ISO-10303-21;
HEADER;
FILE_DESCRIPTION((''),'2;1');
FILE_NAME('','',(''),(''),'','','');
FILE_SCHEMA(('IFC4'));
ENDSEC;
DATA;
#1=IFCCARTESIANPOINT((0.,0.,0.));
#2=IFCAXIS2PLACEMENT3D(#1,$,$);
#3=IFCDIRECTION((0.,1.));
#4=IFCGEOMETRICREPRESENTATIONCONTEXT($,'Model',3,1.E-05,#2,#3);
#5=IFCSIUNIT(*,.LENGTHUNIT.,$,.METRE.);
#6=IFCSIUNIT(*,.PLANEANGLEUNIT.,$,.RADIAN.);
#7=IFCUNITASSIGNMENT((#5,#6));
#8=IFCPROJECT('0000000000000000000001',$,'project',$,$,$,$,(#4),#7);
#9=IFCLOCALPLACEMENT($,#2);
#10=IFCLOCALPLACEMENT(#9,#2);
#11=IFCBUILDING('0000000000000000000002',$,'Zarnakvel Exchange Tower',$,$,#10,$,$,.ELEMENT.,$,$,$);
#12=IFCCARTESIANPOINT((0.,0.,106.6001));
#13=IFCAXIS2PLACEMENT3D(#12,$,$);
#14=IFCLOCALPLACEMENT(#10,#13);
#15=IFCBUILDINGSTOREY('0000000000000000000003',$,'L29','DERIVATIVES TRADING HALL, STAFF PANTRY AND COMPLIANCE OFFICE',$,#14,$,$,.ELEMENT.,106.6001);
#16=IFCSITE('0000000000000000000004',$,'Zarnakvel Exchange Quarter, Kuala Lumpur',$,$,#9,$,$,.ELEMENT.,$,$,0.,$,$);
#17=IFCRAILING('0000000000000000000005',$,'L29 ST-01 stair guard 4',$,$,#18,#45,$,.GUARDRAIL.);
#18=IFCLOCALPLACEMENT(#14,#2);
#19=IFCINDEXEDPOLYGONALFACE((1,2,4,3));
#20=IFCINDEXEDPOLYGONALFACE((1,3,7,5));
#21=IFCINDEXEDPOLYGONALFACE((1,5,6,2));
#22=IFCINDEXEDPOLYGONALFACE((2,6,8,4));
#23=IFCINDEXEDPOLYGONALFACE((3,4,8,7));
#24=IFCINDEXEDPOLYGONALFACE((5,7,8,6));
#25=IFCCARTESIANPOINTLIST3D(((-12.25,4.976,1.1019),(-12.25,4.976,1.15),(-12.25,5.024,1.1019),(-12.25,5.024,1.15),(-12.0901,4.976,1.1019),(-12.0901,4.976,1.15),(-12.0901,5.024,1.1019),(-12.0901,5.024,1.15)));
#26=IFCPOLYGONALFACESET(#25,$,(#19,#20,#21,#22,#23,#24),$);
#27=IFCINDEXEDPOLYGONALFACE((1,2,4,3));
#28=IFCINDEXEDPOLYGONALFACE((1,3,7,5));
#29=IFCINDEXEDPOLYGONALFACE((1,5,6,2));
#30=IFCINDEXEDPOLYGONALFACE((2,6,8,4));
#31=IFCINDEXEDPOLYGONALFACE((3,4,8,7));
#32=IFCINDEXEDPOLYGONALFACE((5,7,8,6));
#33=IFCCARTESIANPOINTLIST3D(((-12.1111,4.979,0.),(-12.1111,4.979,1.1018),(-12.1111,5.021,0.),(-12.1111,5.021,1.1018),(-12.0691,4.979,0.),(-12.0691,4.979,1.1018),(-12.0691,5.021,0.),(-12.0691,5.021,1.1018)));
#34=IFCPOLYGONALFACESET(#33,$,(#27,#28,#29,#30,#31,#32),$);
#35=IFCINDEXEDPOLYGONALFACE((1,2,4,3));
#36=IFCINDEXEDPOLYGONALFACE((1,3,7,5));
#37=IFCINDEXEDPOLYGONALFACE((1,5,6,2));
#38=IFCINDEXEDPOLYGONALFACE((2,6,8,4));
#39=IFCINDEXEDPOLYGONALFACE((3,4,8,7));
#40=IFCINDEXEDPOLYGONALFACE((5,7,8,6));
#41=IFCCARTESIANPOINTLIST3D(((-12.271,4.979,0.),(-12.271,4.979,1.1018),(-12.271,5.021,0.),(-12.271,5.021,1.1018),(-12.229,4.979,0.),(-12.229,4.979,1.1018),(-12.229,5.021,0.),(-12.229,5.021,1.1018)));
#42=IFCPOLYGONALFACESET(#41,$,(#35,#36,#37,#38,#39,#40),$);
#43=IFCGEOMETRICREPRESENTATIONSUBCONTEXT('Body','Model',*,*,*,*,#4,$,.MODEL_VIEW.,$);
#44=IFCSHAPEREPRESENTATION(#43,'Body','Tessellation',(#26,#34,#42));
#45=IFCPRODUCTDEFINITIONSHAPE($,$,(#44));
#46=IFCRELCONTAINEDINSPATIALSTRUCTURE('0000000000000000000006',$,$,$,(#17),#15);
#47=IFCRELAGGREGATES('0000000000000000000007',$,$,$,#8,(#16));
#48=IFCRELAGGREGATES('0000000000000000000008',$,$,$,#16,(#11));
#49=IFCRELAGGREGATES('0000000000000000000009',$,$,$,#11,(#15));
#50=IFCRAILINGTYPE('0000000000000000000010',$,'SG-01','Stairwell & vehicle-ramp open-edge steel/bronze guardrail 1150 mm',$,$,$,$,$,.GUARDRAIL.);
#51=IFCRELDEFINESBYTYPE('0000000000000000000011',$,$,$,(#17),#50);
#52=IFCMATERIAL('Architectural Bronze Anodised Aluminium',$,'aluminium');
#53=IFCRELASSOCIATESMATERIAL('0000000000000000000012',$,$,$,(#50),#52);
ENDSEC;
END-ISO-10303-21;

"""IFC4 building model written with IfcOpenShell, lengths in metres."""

from ifc_helpers import new_model, si_unit, direction, frame, origin, origin_2d, place, context, subcontext, project, spatial, rectangle, extrude, material, type_object, element, save


model = new_model("IFC4")

# Units and contexts
model_context = context("Model", 3, precision=1e-05, world=origin(), true_north=direction((0.0, 1.0)))
body_context = subcontext(model_context, "Body", "Model", "MODEL_VIEW")
ifc_project = project(units=[si_unit("LENGTHUNIT", "METRE"), si_unit("PLANEANGLEUNIT", "RADIAN")], contexts=[model_context])

# Site, building, storey
site_placement = place(None, origin())
site = spatial("IfcSite", under=ifc_project, at=site_placement, Name="Zarnakvel Exchange Quarter, Kuala Lumpur", CompositionType="ELEMENT", RefElevation=0.0)
building_placement = place(site_placement, origin())
building = spatial("IfcBuilding", under=site, at=building_placement, Name="Zarnakvel Exchange Tower", CompositionType="ELEMENT")
storey_placement = place(building_placement, frame((0.0, 0.0, 106.6001)))
storey = spatial("IfcBuildingStorey", under=building, at=storey_placement, Name="L29", Description="DERIVATIVES TRADING HALL, STAFF PANTRY AND COMPLIANCE OFFICE", CompositionType="ELEMENT", Elevation=106.6001)

# Shared definitions
ifc_material_1 = material(Name="Architectural Bronze Anodised Aluminium", Category="aluminium")

# Railing
railing_type_1 = type_object("IfcRailingType", Name="SG-01", Description="Stairwell & vehicle-ramp open-edge steel/bronze guardrail 1150 mm", PredefinedType="GUARDRAIL", material=ifc_material_1)
railing_1_placement = place(storey_placement, frame((-12.0901, 5.0, 0.0)))
element("IfcRailing", 1, at=railing_1_placement, inside=storey, type_object=railing_type_1, Name="L29 ST-01 stair guard 4", PredefinedType="GUARDRAIL", context=body_context, shape_type="SweptSolid", body=[
    extrude(rectangle(XDim=0.0481, YDim=0.0481, at=origin_2d()), frame((0.0, 0.0, 1.126), z_axis=(-1.0, 0.0, 0.0), x_axis=(0.0, -1.0, 0.0)), (0.0, 0.0, 1.0), 0.1599),
    extrude(rectangle(XDim=0.042, YDim=0.042, at=origin_2d()), origin(), (0.0, 0.0, 1.0), 1.1018),
    extrude(rectangle(XDim=0.042, YDim=0.042, at=origin_2d()), frame((-0.1599, 0.0, 0.0)), (0.0, 0.0, 1.0), 1.1018),
])

save(model, "model.ifc")
